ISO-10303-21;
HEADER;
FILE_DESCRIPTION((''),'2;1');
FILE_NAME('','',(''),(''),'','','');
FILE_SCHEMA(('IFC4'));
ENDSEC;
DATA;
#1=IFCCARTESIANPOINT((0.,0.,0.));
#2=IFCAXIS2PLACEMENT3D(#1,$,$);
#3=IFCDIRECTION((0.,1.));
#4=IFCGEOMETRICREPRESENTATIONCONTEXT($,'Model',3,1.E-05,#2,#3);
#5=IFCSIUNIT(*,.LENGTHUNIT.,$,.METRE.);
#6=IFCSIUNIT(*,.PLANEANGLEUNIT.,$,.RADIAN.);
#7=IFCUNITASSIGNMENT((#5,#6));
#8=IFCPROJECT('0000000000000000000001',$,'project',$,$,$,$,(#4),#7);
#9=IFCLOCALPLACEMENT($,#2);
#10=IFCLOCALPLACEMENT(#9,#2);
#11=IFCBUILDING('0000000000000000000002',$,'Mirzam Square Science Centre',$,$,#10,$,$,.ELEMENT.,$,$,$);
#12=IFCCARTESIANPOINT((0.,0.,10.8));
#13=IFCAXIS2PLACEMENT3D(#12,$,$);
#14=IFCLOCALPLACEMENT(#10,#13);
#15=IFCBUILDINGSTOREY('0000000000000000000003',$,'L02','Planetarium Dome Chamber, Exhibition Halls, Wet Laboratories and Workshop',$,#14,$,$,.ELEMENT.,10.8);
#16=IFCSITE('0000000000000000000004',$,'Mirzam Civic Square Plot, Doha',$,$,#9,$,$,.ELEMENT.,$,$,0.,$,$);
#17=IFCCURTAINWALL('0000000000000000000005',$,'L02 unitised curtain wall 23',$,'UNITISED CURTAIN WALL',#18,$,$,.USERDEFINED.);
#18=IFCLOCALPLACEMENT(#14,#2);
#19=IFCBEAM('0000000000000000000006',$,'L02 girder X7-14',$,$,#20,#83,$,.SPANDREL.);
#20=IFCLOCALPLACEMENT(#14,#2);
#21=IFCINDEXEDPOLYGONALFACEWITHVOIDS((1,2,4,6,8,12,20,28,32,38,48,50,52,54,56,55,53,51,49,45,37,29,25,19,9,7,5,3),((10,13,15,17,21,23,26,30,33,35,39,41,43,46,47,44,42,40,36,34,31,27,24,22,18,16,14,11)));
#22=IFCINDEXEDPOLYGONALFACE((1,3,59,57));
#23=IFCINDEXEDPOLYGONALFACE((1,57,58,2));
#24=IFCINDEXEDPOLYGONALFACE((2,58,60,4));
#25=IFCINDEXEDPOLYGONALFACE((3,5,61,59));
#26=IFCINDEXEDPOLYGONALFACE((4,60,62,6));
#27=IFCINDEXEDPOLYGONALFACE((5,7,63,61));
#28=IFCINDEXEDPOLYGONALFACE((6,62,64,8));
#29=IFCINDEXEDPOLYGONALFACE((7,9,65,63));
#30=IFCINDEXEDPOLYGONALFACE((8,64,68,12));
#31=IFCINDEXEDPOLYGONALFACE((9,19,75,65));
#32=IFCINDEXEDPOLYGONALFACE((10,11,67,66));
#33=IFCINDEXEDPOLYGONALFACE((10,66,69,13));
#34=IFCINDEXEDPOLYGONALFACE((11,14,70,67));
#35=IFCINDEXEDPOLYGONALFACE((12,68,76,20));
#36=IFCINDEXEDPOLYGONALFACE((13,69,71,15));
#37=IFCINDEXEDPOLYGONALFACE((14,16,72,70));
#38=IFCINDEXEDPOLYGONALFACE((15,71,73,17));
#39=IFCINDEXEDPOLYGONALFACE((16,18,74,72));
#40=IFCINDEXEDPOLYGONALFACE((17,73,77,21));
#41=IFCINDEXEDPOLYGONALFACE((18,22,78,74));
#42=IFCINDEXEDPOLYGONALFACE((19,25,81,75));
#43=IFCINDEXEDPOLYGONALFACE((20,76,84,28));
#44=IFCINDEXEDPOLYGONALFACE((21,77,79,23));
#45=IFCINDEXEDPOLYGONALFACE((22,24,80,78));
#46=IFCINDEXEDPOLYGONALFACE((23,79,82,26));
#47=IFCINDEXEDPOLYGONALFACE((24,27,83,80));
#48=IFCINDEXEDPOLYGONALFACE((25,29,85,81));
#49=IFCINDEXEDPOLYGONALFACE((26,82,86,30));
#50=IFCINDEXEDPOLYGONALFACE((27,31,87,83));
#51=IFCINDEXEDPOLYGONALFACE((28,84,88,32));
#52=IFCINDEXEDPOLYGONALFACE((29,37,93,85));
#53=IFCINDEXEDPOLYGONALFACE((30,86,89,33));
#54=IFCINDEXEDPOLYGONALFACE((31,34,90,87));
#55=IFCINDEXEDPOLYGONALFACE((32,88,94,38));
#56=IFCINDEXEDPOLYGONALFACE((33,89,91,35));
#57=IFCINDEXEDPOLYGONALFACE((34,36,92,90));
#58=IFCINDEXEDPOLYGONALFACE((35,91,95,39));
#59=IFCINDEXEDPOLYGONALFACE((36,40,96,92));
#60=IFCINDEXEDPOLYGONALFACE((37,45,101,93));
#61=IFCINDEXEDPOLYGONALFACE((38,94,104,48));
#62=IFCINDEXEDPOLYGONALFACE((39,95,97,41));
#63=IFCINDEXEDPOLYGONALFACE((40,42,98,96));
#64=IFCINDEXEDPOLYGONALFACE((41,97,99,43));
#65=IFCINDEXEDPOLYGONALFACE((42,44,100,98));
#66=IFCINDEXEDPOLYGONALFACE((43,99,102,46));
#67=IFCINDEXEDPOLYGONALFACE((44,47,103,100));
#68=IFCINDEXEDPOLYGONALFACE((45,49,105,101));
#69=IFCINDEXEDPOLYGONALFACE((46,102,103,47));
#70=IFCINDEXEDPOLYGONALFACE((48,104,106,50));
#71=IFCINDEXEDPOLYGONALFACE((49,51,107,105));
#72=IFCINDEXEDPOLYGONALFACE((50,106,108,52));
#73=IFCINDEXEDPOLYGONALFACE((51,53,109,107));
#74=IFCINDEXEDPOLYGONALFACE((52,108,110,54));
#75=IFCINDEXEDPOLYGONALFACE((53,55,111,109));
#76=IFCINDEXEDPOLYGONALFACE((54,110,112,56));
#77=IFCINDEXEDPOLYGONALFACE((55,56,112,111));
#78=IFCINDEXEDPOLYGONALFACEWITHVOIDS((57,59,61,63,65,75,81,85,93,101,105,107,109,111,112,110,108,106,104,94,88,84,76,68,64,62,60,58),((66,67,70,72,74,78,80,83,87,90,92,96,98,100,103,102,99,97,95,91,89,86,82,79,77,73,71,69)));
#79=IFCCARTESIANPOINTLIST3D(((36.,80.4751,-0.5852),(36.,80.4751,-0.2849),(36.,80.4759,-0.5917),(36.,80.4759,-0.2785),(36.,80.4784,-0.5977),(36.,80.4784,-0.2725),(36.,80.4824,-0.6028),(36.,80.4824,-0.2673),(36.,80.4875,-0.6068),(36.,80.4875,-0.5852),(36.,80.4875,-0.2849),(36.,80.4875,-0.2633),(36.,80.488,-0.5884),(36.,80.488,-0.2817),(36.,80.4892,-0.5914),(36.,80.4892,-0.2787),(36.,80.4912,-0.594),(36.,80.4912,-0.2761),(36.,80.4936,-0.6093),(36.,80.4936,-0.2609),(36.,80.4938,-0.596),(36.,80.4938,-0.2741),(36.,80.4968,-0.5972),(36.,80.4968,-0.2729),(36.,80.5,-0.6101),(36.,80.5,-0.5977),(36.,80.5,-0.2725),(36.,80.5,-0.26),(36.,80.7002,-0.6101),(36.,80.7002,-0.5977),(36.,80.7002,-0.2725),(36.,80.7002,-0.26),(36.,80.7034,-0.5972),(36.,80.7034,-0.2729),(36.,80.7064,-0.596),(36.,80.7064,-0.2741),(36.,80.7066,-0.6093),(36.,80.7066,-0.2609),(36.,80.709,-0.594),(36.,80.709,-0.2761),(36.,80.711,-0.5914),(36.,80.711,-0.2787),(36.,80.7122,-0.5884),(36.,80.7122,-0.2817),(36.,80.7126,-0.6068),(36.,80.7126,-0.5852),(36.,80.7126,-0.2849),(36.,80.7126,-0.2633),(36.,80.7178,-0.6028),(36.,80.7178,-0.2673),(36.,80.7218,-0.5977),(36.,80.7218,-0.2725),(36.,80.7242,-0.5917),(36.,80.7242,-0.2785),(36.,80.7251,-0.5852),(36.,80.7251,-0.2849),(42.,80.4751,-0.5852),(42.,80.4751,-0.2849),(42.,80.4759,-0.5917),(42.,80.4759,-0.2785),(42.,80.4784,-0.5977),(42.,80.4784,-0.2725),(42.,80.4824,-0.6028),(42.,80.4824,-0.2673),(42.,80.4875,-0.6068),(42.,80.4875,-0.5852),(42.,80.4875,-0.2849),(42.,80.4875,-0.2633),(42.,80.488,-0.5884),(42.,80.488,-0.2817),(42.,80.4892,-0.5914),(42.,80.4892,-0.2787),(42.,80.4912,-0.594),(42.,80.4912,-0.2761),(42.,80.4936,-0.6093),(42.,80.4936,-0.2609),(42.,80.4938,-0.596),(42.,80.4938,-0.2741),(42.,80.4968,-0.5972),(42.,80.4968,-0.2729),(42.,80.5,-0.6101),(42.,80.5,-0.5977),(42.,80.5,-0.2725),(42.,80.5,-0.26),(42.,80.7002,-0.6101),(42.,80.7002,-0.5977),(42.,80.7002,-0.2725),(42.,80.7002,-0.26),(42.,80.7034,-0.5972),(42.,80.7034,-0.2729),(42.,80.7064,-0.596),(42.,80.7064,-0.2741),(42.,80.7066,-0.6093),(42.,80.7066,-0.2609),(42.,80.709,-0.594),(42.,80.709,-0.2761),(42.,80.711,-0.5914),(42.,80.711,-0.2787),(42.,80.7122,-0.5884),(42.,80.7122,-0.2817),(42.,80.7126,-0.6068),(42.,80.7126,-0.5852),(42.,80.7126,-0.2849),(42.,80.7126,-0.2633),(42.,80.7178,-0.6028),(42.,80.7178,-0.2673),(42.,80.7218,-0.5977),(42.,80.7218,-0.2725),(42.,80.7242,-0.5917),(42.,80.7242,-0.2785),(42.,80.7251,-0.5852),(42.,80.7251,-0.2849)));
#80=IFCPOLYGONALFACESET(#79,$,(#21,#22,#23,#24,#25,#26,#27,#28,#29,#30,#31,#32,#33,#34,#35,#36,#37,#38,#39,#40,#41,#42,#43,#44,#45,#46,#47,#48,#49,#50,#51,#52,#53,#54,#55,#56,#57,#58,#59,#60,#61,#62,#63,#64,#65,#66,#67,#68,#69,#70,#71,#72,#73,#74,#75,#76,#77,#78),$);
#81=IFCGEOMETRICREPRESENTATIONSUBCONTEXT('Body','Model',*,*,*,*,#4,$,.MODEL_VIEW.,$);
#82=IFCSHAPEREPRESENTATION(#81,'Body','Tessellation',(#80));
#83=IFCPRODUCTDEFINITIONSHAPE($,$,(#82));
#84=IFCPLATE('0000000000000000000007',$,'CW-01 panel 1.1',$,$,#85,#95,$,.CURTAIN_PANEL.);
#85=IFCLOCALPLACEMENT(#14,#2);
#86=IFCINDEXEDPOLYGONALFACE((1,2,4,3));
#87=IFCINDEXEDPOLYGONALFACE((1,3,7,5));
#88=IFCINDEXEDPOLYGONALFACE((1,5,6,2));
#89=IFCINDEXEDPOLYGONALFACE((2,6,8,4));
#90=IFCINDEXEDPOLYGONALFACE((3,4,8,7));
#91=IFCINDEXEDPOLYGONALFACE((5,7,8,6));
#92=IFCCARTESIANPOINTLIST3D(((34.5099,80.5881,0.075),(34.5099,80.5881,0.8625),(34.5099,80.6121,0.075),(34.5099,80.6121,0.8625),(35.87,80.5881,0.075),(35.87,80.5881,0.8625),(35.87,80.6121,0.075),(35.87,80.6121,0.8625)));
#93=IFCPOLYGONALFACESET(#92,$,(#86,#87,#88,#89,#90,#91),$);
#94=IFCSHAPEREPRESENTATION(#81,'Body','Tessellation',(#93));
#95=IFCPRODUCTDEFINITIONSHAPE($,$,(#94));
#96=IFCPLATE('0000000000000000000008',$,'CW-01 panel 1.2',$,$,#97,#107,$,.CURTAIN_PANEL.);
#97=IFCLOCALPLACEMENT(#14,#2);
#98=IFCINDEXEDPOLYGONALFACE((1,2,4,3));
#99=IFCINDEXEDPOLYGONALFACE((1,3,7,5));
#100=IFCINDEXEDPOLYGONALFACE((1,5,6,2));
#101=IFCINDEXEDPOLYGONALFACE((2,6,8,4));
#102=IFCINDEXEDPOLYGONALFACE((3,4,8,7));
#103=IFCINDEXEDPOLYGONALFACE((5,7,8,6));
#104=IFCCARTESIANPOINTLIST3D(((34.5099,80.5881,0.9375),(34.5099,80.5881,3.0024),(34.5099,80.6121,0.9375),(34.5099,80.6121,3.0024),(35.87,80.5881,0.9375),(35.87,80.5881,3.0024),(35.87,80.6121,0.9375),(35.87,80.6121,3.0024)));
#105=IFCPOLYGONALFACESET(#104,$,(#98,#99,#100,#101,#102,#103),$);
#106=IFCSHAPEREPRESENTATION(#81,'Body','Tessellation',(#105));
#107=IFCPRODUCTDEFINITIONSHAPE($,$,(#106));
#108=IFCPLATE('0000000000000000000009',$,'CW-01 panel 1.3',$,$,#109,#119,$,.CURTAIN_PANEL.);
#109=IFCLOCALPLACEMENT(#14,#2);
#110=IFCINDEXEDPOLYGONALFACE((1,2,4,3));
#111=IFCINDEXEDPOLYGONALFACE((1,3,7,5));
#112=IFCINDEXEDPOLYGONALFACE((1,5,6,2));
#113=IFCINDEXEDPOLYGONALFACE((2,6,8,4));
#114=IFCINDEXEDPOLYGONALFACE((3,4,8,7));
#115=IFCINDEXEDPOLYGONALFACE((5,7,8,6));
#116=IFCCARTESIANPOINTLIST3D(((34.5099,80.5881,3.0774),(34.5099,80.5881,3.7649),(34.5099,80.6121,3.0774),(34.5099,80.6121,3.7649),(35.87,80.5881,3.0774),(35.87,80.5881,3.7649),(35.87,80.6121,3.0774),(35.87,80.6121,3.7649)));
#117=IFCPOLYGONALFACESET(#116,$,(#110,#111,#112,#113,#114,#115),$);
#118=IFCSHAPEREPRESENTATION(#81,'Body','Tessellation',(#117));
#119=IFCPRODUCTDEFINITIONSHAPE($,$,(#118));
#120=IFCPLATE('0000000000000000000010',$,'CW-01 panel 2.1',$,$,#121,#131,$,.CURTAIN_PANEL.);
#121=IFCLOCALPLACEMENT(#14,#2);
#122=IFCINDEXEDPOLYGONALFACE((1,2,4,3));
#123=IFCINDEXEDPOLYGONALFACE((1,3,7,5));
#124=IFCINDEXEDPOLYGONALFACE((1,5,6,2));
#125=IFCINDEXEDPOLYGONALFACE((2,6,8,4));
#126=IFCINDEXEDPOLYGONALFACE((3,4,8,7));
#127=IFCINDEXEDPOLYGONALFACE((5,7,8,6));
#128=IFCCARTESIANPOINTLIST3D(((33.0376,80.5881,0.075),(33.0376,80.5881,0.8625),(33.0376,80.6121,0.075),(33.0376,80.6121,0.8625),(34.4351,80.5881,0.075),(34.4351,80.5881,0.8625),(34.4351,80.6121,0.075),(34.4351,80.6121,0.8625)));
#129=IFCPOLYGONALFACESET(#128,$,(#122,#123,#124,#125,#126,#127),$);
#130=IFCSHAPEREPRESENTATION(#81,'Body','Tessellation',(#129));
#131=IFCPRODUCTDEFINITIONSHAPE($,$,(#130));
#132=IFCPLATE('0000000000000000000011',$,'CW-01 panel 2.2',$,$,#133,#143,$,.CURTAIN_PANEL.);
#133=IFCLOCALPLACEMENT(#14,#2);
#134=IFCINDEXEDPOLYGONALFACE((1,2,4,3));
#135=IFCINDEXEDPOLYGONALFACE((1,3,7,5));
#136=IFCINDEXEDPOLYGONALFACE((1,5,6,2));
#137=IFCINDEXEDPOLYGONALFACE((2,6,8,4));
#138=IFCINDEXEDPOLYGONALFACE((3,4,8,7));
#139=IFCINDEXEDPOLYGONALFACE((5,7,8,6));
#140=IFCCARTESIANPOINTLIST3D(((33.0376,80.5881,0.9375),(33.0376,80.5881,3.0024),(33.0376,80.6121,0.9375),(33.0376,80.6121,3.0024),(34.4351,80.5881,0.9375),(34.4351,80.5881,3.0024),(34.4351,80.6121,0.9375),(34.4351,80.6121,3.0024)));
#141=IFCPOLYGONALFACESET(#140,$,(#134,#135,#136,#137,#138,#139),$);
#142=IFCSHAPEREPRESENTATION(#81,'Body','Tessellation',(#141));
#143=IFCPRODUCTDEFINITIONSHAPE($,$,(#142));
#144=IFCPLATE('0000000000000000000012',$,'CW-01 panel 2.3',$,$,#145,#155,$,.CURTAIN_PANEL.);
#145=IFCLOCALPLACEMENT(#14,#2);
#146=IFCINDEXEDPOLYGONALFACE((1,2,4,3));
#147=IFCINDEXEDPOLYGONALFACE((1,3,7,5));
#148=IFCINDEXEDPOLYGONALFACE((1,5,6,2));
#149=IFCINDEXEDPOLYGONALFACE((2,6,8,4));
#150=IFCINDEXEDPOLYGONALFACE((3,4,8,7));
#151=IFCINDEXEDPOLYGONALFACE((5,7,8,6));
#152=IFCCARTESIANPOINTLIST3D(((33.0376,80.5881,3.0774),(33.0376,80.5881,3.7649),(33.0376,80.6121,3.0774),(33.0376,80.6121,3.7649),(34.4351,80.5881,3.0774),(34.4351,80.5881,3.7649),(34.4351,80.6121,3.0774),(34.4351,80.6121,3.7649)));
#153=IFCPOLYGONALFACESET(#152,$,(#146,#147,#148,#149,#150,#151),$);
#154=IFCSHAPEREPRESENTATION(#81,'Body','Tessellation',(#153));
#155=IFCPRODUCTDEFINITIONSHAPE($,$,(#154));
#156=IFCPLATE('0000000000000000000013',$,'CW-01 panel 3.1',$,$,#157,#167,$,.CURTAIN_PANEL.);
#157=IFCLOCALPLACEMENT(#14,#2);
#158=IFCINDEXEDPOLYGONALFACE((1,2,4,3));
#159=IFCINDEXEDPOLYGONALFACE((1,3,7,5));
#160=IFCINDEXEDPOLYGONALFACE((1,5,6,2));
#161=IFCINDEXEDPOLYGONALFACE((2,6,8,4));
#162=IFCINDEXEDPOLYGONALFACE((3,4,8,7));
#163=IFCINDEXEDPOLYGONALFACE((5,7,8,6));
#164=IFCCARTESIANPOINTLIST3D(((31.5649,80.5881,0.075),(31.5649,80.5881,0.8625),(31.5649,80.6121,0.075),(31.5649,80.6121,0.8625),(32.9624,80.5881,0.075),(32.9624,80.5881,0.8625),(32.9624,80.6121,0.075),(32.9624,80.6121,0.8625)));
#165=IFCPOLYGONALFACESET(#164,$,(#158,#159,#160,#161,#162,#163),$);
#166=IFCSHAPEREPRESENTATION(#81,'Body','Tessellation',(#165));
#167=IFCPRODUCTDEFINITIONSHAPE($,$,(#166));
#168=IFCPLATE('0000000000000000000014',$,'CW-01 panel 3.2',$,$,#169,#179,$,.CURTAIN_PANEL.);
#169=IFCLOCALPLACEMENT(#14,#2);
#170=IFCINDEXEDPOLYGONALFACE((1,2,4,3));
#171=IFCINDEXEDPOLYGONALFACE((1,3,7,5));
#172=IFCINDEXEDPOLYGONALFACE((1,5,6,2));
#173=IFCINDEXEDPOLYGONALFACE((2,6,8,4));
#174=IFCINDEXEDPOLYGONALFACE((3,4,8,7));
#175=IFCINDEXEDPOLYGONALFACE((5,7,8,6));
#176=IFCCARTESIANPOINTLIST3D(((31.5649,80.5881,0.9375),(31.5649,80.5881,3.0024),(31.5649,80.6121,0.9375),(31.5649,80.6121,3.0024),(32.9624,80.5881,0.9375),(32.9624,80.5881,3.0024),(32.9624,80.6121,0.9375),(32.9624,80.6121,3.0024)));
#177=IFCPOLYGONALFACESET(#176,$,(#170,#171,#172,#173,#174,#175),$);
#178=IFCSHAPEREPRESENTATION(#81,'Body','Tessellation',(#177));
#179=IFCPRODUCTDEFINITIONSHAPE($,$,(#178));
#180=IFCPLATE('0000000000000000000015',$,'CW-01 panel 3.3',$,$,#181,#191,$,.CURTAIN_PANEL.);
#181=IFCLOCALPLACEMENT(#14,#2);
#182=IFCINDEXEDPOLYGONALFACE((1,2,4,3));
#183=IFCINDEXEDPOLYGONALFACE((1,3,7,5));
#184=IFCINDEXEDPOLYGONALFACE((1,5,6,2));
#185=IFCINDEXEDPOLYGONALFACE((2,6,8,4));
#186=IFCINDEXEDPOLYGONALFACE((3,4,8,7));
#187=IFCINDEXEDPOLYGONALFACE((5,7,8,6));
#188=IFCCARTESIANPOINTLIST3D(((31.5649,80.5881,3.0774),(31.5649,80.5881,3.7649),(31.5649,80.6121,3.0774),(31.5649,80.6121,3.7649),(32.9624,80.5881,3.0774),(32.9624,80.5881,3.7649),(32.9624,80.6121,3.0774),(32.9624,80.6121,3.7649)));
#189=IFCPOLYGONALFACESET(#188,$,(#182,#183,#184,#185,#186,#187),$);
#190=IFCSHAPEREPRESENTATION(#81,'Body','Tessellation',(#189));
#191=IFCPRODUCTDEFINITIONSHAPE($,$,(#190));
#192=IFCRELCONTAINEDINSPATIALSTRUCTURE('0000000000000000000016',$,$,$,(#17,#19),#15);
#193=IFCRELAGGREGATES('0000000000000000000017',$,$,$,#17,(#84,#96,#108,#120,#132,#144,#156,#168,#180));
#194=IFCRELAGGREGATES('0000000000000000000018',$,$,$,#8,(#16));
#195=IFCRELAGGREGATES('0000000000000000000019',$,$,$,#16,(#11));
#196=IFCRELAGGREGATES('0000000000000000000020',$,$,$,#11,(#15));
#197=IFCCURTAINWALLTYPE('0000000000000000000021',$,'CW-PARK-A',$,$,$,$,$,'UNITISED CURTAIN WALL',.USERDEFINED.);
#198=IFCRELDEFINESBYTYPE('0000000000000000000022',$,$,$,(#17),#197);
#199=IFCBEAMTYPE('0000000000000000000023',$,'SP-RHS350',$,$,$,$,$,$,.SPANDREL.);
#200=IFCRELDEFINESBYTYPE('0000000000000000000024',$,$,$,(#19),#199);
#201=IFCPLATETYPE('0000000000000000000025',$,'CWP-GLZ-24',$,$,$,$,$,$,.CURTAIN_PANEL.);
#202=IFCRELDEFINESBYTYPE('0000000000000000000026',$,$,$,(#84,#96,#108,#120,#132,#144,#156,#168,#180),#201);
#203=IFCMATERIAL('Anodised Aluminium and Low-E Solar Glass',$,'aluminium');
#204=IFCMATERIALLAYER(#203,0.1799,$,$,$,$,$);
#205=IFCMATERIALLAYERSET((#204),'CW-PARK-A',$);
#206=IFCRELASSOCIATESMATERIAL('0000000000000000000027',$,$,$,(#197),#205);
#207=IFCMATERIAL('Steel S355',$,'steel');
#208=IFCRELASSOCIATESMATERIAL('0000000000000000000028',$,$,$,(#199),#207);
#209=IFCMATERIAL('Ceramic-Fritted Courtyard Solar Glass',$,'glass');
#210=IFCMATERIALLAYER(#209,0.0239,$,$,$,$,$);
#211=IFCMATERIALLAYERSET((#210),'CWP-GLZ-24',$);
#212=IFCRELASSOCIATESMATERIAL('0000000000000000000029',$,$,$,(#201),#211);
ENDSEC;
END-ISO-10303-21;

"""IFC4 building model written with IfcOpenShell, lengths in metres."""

from ifc_helpers import new_model, si_unit, direction, frame, origin, origin_2d, place, context, subcontext, project, spatial, rectangle, hollow_rectangle, extrude, material, layer, layer_set, material_profile, profile_set, type_object, element, aggregate, save


model = new_model("IFC4")

# Units and contexts
model_context = context("Model", 3, precision=1e-05, world=origin(), true_north=direction((0.0, 1.0)))
body_context = subcontext(model_context, "Body", "Model", "MODEL_VIEW")
ifc_project = project(units=[si_unit("LENGTHUNIT", "METRE"), si_unit("PLANEANGLEUNIT", "RADIAN")], contexts=[model_context])

# Site, building, storey
site_placement = place(None, origin())
site = spatial("IfcSite", under=ifc_project, at=site_placement, Name="Mirzam Civic Square Plot, Doha", CompositionType="ELEMENT", RefElevation=0.0)
building_placement = place(site_placement, origin())
building = spatial("IfcBuilding", under=site, at=building_placement, Name="Mirzam Square Science Centre", CompositionType="ELEMENT")
storey_placement = place(building_placement, frame((0.0, 0.0, 10.8)))
storey = spatial("IfcBuildingStorey", under=building, at=storey_placement, Name="L02", Description="Planetarium Dome Chamber, Exhibition Halls, Wet Laboratories and Workshop", CompositionType="ELEMENT", Elevation=10.8)

# Shared definitions
ifc_material_1 = material(Name="Steel S355", Category="steel")

# Curtain wall
ifc_material_2 = material(Name="Anodised Aluminium and Low-E Solar Glass", Category="aluminium")
ifc_layer_1 = layer(ifc_material_2, 0.1799)
ifc_layer_set_1 = layer_set([ifc_layer_1], Name="CW-PARK-A")
curtain_wall_type = type_object("IfcCurtainWallType", Name="CW-PARK-A", ElementType="UNITISED CURTAIN WALL", PredefinedType="USERDEFINED", material=ifc_layer_set_1)
curtain_wall_placement = place(storey_placement, origin())
curtain_wall = element("IfcCurtainWall", 1, at=curtain_wall_placement, inside=storey, type_object=curtain_wall_type, Name="L02 unitised curtain wall 23", ObjectType="UNITISED CURTAIN WALL", PredefinedType="USERDEFINED")

# Beam
ifc_material_profile_1 = material_profile(ifc_material_1, hollow_rectangle(XDim=0.25, YDim=0.3501, WallThickness=0.0125, InnerFilletRadius=0.0125, OuterFilletRadius=0.0249, at=origin_2d()), Name="350x250x12.5RHS")
ifc_profile_set_1 = profile_set([ifc_material_profile_1], Name="Steel S355")
beam_type = type_object("IfcBeamType", Name="SP-RHS350", PredefinedType="SPANDREL", material=ifc_profile_set_1)
beam_placement = place(storey_placement, frame((36.0, 80.6001, -0.4351), z_axis=(1.0, 0.0, 0.0), x_axis=(0.0, 1.0, 0.0)))
element("IfcBeam", 2, at=beam_placement, inside=storey, type_object=beam_type, Name="L02 girder X7-14", PredefinedType="SPANDREL", context=body_context, shape_type="SweptSolid", body=[
    extrude(hollow_rectangle(XDim=0.25, YDim=0.3501, WallThickness=0.0125, InnerFilletRadius=0.0125, OuterFilletRadius=0.0249, at=origin_2d()), origin(), (0.0, 0.0, 1.0), 6.0),
])

# Plates
ifc_material_3 = material(Name="Ceramic-Fritted Courtyard Solar Glass", Category="glass")
ifc_layer_2 = layer(ifc_material_3, 0.0239)
ifc_layer_set_2 = layer_set([ifc_layer_2], Name="CWP-GLZ-24")
plate_type = type_object("IfcPlateType", Name="CWP-GLZ-24", PredefinedType="CURTAIN_PANEL", material=ifc_layer_set_2)
plate_1_placement = place(storey_placement, frame((35.1899, 80.6001, 0.075), z_axis=(0.0, 0.0, 1.0), x_axis=(-1.0, 0.0, 0.0)))
plate_1 = element("IfcPlate", 3, at=plate_1_placement, type_object=plate_type, Name="CW-01 panel 1.1", PredefinedType="CURTAIN_PANEL", context=body_context, shape_type="SweptSolid", body=[
    extrude(rectangle(XDim=1.3601, YDim=0.0239, at=origin_2d()), origin(), (0.0, 0.0, 1.0), 0.7876),
])
plate_2_placement = place(storey_placement, frame((35.1899, 80.6001, 0.9375), z_axis=(0.0, 0.0, 1.0), x_axis=(-1.0, 0.0, 0.0)))
plate_2 = element("IfcPlate", 4, at=plate_2_placement, type_object=plate_type, Name="CW-01 panel 1.2", PredefinedType="CURTAIN_PANEL", context=body_context, shape_type="SweptSolid", body=[
    extrude(rectangle(XDim=1.3601, YDim=0.0239, at=origin_2d()), origin(), (0.0, 0.0, 1.0), 2.0649),
])
plate_3_placement = place(storey_placement, frame((35.1899, 80.6001, 3.0774), z_axis=(0.0, 0.0, 1.0), x_axis=(-1.0, 0.0, 0.0)))
plate_3 = element("IfcPlate", 5, at=plate_3_placement, type_object=plate_type, Name="CW-01 panel 1.3", PredefinedType="CURTAIN_PANEL", context=body_context, shape_type="SweptSolid", body=[
    extrude(rectangle(XDim=1.3601, YDim=0.0239, at=origin_2d()), origin(), (0.0, 0.0, 1.0), 0.6875),
])
plate_4_placement = place(storey_placement, frame((33.7363, 80.6001, 0.075), z_axis=(0.0, 0.0, 1.0), x_axis=(-1.0, 0.0, 0.0)))
plate_4 = element("IfcPlate", 6, at=plate_4_placement, type_object=plate_type, Name="CW-01 panel 2.1", PredefinedType="CURTAIN_PANEL", context=body_context, shape_type="SweptSolid", body=[
    extrude(rectangle(XDim=1.3975, YDim=0.0239, at=origin_2d()), origin(), (0.0, 0.0, 1.0), 0.7876),
])
plate_5_placement = place(storey_placement, frame((33.7363, 80.6001, 0.9375), z_axis=(0.0, 0.0, 1.0), x_axis=(-1.0, 0.0, 0.0)))
plate_5 = element("IfcPlate", 7, at=plate_5_placement, type_object=plate_type, Name="CW-01 panel 2.2", PredefinedType="CURTAIN_PANEL", context=body_context, shape_type="SweptSolid", body=[
    extrude(rectangle(XDim=1.3975, YDim=0.0239, at=origin_2d()), origin(), (0.0, 0.0, 1.0), 2.0649),
])
plate_6_placement = place(storey_placement, frame((33.7363, 80.6001, 3.0774), z_axis=(0.0, 0.0, 1.0), x_axis=(-1.0, 0.0, 0.0)))
plate_6 = element("IfcPlate", 8, at=plate_6_placement, type_object=plate_type, Name="CW-01 panel 2.3", PredefinedType="CURTAIN_PANEL", context=body_context, shape_type="SweptSolid", body=[
    extrude(rectangle(XDim=1.3975, YDim=0.0239, at=origin_2d()), origin(), (0.0, 0.0, 1.0), 0.6875),
])
plate_7_placement = place(storey_placement, frame((32.2637, 80.6001, 0.075), z_axis=(0.0, 0.0, 1.0), x_axis=(-1.0, 0.0, 0.0)))
plate_7 = element("IfcPlate", 9, at=plate_7_placement, type_object=plate_type, Name="CW-01 panel 3.1", PredefinedType="CURTAIN_PANEL", context=body_context, shape_type="SweptSolid", body=[
    extrude(rectangle(XDim=1.3975, YDim=0.0239, at=origin_2d()), origin(), (0.0, 0.0, 1.0), 0.7876),
])
plate_8_placement = place(storey_placement, frame((32.2637, 80.6001, 0.9375), z_axis=(0.0, 0.0, 1.0), x_axis=(-1.0, 0.0, 0.0)))
plate_8 = element("IfcPlate", 10, at=plate_8_placement, type_object=plate_type, Name="CW-01 panel 3.2", PredefinedType="CURTAIN_PANEL", context=body_context, shape_type="SweptSolid", body=[
    extrude(rectangle(XDim=1.3975, YDim=0.0239, at=origin_2d()), origin(), (0.0, 0.0, 1.0), 2.0649),
])
plate_9_placement = place(storey_placement, frame((32.2637, 80.6001, 3.0774), z_axis=(0.0, 0.0, 1.0), x_axis=(-1.0, 0.0, 0.0)))
plate_9 = element("IfcPlate", 11, at=plate_9_placement, type_object=plate_type, Name="CW-01 panel 3.3", PredefinedType="CURTAIN_PANEL", context=body_context, shape_type="SweptSolid", body=[
    extrude(rectangle(XDim=1.3975, YDim=0.0239, at=origin_2d()), origin(), (0.0, 0.0, 1.0), 0.6875),
])
aggregate(curtain_wall, [plate_1, plate_2, plate_3, plate_4, plate_5, plate_6, plate_7, plate_8, plate_9])

save(model, "model.ifc")
